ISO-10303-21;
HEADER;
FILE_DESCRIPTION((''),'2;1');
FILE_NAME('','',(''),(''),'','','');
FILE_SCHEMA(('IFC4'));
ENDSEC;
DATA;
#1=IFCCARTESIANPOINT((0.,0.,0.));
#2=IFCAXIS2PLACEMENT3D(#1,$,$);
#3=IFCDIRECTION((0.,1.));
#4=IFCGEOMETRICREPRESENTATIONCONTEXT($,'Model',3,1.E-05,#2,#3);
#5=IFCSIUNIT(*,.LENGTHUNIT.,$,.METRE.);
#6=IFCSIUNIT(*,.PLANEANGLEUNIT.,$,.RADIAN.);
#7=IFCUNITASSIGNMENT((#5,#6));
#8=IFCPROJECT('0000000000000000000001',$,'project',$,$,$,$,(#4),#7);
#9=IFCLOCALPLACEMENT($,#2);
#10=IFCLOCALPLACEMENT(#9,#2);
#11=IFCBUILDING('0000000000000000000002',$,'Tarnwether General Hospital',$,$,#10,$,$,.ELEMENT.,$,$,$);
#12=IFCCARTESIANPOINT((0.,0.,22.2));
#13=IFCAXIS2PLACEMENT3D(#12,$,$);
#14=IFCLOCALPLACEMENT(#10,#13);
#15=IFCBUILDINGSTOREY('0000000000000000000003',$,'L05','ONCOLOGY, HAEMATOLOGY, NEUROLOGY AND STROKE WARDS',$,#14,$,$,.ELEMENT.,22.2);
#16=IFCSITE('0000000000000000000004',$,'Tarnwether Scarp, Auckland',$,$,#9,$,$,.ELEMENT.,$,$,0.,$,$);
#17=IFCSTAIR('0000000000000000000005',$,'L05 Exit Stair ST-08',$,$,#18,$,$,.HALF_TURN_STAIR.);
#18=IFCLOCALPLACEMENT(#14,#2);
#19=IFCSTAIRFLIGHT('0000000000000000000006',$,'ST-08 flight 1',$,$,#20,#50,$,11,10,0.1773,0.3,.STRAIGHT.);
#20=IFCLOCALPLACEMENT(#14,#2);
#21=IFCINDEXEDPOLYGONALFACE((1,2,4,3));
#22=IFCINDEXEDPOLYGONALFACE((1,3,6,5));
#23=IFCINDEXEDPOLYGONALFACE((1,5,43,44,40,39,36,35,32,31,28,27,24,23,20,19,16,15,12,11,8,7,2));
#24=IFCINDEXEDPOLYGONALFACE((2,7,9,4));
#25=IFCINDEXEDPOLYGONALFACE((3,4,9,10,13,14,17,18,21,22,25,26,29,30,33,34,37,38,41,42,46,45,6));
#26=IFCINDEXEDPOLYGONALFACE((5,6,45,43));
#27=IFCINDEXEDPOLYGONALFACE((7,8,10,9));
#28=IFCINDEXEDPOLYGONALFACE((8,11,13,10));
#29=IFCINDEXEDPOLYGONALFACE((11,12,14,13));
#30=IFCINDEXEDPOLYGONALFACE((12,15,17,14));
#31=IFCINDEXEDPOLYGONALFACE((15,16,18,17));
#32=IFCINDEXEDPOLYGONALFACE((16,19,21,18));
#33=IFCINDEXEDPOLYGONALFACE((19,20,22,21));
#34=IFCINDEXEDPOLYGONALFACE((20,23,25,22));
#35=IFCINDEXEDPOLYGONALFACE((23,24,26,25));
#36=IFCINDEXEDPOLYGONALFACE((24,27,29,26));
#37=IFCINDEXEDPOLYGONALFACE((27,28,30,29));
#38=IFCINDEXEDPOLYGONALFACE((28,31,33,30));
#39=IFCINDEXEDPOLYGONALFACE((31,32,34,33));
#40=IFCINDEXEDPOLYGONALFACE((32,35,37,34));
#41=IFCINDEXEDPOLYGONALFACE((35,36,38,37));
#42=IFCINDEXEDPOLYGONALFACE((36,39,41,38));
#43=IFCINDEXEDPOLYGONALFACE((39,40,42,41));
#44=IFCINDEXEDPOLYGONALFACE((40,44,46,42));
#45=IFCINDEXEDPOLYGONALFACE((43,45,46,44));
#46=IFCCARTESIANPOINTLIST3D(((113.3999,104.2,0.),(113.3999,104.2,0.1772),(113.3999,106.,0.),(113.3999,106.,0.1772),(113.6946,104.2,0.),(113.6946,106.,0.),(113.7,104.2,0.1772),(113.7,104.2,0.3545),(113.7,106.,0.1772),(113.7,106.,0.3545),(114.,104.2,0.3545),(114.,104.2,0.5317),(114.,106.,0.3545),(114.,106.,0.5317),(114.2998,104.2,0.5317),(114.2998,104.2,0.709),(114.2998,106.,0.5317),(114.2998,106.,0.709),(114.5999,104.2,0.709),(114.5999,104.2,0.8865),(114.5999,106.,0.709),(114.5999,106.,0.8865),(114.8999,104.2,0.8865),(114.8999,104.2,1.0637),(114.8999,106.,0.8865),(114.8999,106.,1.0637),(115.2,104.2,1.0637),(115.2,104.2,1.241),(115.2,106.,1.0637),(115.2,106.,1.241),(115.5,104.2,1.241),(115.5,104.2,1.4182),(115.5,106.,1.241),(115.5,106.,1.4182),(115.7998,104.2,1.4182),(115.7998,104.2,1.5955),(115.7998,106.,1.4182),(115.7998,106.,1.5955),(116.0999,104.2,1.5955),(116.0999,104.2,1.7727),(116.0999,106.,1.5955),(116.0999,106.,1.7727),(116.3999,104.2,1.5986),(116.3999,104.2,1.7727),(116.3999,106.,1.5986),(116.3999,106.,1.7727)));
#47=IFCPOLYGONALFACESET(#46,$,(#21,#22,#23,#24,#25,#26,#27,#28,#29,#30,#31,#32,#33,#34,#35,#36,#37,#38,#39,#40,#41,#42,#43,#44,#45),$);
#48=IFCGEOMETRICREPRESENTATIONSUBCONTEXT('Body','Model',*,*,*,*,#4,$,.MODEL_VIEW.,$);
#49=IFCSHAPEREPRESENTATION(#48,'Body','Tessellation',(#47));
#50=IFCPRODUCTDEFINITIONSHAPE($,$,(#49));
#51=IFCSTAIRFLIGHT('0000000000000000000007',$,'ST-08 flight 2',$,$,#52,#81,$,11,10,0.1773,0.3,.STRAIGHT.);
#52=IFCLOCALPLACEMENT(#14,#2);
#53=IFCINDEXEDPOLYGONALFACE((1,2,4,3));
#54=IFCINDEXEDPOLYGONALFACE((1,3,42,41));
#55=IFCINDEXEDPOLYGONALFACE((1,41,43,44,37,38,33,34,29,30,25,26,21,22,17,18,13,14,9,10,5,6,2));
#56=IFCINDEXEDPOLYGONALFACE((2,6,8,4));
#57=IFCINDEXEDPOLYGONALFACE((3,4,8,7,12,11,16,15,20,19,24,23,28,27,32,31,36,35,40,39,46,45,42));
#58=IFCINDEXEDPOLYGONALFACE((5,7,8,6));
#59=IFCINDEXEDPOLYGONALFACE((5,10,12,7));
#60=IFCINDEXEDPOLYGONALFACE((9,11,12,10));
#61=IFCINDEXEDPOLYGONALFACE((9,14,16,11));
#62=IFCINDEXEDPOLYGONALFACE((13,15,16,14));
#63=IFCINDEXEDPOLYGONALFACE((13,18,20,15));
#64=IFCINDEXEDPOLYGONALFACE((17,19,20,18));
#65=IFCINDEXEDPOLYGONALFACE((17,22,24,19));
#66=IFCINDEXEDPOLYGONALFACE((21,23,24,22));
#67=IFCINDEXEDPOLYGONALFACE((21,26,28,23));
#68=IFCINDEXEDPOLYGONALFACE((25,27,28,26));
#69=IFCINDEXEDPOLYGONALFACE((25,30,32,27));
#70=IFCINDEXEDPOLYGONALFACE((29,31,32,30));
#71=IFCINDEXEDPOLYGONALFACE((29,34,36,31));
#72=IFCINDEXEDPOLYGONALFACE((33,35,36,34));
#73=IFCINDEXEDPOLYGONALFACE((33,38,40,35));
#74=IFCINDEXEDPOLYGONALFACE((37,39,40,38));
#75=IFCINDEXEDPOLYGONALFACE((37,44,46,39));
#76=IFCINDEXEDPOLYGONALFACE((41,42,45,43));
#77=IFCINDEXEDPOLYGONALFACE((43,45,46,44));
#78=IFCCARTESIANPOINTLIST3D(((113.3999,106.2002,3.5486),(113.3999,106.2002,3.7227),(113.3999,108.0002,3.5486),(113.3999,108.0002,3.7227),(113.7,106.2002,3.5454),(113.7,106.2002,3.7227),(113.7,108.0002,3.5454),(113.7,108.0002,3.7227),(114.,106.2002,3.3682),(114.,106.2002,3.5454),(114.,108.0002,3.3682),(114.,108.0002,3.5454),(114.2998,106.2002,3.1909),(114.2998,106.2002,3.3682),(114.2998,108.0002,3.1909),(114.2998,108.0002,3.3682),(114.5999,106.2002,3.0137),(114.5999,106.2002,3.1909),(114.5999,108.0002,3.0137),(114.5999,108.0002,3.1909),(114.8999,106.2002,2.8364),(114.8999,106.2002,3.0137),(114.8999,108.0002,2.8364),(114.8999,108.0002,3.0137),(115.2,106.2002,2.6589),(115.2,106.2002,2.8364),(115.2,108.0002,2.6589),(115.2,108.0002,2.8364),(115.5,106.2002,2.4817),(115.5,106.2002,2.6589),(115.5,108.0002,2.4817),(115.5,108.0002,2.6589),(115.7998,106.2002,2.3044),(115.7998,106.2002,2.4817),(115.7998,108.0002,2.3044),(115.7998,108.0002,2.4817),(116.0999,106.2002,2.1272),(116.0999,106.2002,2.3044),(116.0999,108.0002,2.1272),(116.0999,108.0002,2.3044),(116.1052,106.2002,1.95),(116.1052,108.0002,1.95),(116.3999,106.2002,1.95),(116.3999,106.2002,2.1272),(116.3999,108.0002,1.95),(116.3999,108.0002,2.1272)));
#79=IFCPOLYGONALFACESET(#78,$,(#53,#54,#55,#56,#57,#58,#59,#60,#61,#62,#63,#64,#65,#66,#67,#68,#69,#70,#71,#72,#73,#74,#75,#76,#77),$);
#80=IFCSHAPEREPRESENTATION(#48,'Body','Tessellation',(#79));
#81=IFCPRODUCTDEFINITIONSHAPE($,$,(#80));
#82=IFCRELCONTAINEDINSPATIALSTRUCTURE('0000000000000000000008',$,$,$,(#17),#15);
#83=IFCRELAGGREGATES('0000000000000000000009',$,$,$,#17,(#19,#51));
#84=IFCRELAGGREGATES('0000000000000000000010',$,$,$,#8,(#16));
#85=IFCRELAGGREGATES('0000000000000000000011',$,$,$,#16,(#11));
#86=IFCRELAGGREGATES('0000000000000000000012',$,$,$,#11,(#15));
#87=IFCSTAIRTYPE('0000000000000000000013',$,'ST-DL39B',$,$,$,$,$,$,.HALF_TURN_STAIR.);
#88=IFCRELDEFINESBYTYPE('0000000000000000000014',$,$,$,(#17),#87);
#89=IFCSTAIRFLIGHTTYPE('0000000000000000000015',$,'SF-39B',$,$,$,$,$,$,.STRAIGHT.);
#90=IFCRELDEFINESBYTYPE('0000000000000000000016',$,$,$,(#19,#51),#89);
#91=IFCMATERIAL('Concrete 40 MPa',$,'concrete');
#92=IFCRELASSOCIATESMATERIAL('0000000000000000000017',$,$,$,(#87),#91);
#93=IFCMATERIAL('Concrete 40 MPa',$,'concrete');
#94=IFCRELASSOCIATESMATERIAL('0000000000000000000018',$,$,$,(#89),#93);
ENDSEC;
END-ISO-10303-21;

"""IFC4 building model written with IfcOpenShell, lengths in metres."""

from ifc_helpers import new_model, si_unit, direction, frame, origin, place, context, subcontext, project, spatial, polyline, outline, extrude, material, type_object, element, aggregate, save


model = new_model("IFC4")

# Units and contexts
model_context = context("Model", 3, precision=1e-05, world=origin(), true_north=direction((0.0, 1.0)))
body_context = subcontext(model_context, "Body", "Model", "MODEL_VIEW")
ifc_project = project(units=[si_unit("LENGTHUNIT", "METRE"), si_unit("PLANEANGLEUNIT", "RADIAN")], contexts=[model_context])

# Site, building, storey
site_placement = place(None, origin())
site = spatial("IfcSite", under=ifc_project, at=site_placement, Name="Tarnwether Scarp, Auckland", CompositionType="ELEMENT", RefElevation=0.0)
building_placement = place(site_placement, origin())
building = spatial("IfcBuilding", under=site, at=building_placement, Name="Tarnwether General Hospital", CompositionType="ELEMENT")
storey_placement = place(building_placement, frame((0.0, 0.0, 22.2)))
storey = spatial("IfcBuildingStorey", under=building, at=storey_placement, Name="L05", Description="ONCOLOGY, HAEMATOLOGY, NEUROLOGY AND STROKE WARDS", CompositionType="ELEMENT", Elevation=22.2)

# Stair, stair flights
ifc_material_1 = material(Name="Concrete 40 MPa", Category="concrete")
stair_type = type_object("IfcStairType", Name="ST-DL39B", PredefinedType="HALF_TURN_STAIR", material=ifc_material_1)
stair_placement = place(storey_placement, origin())
stair = element("IfcStair", 1, at=stair_placement, inside=storey, type_object=stair_type, Name="L05 Exit Stair ST-08", PredefinedType="HALF_TURN_STAIR")
ifc_material_2 = material(Name="Concrete 40 MPa", Category="concrete")
stair_flight_type = type_object("IfcStairFlightType", Name="SF-39B", PredefinedType="STRAIGHT", material=ifc_material_2)
stair_flight_1_placement = place(storey_placement, frame((113.3999, 105.1001, 0.0), z_axis=(0.0, 0.0, 1.0), x_axis=(1.0, 0.0, 0.0)))
stair_flight_1 = element("IfcStairFlight", 2, at=stair_flight_1_placement, type_object=stair_flight_type, Name="ST-08 flight 1", NumberOfRisers=11, NumberOfTreads=10, PredefinedType="STRAIGHT", RiserHeight=0.1773, TreadLength=0.3, context=body_context, shape_type="SweptSolid", body=[
    extrude(outline(polyline([(0.0, 0.0), (0.0, 0.1772), (0.3, 0.1772), (0.3, 0.3545), (0.6001, 0.3545), (0.6001, 0.5317), (0.8999, 0.5317), (0.8999, 0.709), (1.2, 0.709), (1.2, 0.8865), (1.5, 0.8865), (1.5, 1.0637), (1.8, 1.0637), (1.8, 1.241), (2.1001, 1.241), (2.1001, 1.4182), (2.3999, 1.4182), (2.3999, 1.5955), (2.7, 1.5955), (2.7, 1.7727), (3.0, 1.7727), (3.0, 1.95), (3.0, 1.5986), (0.2947, 0.0), (0.0, 0.0)])), frame((0.0, 0.8999, 0.0), z_axis=(0.0, -1.0, 0.0), x_axis=(1.0, 0.0, 0.0)), (0.0, 0.0, 1.0), 1.8),
])
stair_flight_2_placement = place(storey_placement, frame((116.3999, 107.1001, 1.95), z_axis=(0.0, 0.0, 1.0), x_axis=(-1.0, 0.0, 0.0)))
stair_flight_2 = element("IfcStairFlight", 3, at=stair_flight_2_placement, type_object=stair_flight_type, Name="ST-08 flight 2", NumberOfRisers=11, NumberOfTreads=10, PredefinedType="STRAIGHT", RiserHeight=0.1773, TreadLength=0.3, context=body_context, shape_type="SweptSolid", body=[
    extrude(outline(polyline([(0.0, 0.0), (0.0, 0.1772), (0.3, 0.1772), (0.3, 0.3545), (0.6001, 0.3545), (0.6001, 0.5317), (0.8999, 0.5317), (0.8999, 0.709), (1.2, 0.709), (1.2, 0.8865), (1.5, 0.8865), (1.5, 1.0637), (1.8, 1.0637), (1.8, 1.241), (2.1001, 1.241), (2.1001, 1.4182), (2.3999, 1.4182), (2.3999, 1.5955), (2.7, 1.5955), (2.7, 1.7727), (3.0, 1.7727), (3.0, 1.95), (3.0, 1.5986), (0.2947, 0.0), (0.0, 0.0)])), frame((0.0, 0.8999, 0.0), z_axis=(0.0, -1.0, 0.0), x_axis=(1.0, 0.0, 0.0)), (0.0, 0.0, 1.0), 1.8),
])
aggregate(stair, [stair_flight_1, stair_flight_2])

save(model, "model.ifc")
